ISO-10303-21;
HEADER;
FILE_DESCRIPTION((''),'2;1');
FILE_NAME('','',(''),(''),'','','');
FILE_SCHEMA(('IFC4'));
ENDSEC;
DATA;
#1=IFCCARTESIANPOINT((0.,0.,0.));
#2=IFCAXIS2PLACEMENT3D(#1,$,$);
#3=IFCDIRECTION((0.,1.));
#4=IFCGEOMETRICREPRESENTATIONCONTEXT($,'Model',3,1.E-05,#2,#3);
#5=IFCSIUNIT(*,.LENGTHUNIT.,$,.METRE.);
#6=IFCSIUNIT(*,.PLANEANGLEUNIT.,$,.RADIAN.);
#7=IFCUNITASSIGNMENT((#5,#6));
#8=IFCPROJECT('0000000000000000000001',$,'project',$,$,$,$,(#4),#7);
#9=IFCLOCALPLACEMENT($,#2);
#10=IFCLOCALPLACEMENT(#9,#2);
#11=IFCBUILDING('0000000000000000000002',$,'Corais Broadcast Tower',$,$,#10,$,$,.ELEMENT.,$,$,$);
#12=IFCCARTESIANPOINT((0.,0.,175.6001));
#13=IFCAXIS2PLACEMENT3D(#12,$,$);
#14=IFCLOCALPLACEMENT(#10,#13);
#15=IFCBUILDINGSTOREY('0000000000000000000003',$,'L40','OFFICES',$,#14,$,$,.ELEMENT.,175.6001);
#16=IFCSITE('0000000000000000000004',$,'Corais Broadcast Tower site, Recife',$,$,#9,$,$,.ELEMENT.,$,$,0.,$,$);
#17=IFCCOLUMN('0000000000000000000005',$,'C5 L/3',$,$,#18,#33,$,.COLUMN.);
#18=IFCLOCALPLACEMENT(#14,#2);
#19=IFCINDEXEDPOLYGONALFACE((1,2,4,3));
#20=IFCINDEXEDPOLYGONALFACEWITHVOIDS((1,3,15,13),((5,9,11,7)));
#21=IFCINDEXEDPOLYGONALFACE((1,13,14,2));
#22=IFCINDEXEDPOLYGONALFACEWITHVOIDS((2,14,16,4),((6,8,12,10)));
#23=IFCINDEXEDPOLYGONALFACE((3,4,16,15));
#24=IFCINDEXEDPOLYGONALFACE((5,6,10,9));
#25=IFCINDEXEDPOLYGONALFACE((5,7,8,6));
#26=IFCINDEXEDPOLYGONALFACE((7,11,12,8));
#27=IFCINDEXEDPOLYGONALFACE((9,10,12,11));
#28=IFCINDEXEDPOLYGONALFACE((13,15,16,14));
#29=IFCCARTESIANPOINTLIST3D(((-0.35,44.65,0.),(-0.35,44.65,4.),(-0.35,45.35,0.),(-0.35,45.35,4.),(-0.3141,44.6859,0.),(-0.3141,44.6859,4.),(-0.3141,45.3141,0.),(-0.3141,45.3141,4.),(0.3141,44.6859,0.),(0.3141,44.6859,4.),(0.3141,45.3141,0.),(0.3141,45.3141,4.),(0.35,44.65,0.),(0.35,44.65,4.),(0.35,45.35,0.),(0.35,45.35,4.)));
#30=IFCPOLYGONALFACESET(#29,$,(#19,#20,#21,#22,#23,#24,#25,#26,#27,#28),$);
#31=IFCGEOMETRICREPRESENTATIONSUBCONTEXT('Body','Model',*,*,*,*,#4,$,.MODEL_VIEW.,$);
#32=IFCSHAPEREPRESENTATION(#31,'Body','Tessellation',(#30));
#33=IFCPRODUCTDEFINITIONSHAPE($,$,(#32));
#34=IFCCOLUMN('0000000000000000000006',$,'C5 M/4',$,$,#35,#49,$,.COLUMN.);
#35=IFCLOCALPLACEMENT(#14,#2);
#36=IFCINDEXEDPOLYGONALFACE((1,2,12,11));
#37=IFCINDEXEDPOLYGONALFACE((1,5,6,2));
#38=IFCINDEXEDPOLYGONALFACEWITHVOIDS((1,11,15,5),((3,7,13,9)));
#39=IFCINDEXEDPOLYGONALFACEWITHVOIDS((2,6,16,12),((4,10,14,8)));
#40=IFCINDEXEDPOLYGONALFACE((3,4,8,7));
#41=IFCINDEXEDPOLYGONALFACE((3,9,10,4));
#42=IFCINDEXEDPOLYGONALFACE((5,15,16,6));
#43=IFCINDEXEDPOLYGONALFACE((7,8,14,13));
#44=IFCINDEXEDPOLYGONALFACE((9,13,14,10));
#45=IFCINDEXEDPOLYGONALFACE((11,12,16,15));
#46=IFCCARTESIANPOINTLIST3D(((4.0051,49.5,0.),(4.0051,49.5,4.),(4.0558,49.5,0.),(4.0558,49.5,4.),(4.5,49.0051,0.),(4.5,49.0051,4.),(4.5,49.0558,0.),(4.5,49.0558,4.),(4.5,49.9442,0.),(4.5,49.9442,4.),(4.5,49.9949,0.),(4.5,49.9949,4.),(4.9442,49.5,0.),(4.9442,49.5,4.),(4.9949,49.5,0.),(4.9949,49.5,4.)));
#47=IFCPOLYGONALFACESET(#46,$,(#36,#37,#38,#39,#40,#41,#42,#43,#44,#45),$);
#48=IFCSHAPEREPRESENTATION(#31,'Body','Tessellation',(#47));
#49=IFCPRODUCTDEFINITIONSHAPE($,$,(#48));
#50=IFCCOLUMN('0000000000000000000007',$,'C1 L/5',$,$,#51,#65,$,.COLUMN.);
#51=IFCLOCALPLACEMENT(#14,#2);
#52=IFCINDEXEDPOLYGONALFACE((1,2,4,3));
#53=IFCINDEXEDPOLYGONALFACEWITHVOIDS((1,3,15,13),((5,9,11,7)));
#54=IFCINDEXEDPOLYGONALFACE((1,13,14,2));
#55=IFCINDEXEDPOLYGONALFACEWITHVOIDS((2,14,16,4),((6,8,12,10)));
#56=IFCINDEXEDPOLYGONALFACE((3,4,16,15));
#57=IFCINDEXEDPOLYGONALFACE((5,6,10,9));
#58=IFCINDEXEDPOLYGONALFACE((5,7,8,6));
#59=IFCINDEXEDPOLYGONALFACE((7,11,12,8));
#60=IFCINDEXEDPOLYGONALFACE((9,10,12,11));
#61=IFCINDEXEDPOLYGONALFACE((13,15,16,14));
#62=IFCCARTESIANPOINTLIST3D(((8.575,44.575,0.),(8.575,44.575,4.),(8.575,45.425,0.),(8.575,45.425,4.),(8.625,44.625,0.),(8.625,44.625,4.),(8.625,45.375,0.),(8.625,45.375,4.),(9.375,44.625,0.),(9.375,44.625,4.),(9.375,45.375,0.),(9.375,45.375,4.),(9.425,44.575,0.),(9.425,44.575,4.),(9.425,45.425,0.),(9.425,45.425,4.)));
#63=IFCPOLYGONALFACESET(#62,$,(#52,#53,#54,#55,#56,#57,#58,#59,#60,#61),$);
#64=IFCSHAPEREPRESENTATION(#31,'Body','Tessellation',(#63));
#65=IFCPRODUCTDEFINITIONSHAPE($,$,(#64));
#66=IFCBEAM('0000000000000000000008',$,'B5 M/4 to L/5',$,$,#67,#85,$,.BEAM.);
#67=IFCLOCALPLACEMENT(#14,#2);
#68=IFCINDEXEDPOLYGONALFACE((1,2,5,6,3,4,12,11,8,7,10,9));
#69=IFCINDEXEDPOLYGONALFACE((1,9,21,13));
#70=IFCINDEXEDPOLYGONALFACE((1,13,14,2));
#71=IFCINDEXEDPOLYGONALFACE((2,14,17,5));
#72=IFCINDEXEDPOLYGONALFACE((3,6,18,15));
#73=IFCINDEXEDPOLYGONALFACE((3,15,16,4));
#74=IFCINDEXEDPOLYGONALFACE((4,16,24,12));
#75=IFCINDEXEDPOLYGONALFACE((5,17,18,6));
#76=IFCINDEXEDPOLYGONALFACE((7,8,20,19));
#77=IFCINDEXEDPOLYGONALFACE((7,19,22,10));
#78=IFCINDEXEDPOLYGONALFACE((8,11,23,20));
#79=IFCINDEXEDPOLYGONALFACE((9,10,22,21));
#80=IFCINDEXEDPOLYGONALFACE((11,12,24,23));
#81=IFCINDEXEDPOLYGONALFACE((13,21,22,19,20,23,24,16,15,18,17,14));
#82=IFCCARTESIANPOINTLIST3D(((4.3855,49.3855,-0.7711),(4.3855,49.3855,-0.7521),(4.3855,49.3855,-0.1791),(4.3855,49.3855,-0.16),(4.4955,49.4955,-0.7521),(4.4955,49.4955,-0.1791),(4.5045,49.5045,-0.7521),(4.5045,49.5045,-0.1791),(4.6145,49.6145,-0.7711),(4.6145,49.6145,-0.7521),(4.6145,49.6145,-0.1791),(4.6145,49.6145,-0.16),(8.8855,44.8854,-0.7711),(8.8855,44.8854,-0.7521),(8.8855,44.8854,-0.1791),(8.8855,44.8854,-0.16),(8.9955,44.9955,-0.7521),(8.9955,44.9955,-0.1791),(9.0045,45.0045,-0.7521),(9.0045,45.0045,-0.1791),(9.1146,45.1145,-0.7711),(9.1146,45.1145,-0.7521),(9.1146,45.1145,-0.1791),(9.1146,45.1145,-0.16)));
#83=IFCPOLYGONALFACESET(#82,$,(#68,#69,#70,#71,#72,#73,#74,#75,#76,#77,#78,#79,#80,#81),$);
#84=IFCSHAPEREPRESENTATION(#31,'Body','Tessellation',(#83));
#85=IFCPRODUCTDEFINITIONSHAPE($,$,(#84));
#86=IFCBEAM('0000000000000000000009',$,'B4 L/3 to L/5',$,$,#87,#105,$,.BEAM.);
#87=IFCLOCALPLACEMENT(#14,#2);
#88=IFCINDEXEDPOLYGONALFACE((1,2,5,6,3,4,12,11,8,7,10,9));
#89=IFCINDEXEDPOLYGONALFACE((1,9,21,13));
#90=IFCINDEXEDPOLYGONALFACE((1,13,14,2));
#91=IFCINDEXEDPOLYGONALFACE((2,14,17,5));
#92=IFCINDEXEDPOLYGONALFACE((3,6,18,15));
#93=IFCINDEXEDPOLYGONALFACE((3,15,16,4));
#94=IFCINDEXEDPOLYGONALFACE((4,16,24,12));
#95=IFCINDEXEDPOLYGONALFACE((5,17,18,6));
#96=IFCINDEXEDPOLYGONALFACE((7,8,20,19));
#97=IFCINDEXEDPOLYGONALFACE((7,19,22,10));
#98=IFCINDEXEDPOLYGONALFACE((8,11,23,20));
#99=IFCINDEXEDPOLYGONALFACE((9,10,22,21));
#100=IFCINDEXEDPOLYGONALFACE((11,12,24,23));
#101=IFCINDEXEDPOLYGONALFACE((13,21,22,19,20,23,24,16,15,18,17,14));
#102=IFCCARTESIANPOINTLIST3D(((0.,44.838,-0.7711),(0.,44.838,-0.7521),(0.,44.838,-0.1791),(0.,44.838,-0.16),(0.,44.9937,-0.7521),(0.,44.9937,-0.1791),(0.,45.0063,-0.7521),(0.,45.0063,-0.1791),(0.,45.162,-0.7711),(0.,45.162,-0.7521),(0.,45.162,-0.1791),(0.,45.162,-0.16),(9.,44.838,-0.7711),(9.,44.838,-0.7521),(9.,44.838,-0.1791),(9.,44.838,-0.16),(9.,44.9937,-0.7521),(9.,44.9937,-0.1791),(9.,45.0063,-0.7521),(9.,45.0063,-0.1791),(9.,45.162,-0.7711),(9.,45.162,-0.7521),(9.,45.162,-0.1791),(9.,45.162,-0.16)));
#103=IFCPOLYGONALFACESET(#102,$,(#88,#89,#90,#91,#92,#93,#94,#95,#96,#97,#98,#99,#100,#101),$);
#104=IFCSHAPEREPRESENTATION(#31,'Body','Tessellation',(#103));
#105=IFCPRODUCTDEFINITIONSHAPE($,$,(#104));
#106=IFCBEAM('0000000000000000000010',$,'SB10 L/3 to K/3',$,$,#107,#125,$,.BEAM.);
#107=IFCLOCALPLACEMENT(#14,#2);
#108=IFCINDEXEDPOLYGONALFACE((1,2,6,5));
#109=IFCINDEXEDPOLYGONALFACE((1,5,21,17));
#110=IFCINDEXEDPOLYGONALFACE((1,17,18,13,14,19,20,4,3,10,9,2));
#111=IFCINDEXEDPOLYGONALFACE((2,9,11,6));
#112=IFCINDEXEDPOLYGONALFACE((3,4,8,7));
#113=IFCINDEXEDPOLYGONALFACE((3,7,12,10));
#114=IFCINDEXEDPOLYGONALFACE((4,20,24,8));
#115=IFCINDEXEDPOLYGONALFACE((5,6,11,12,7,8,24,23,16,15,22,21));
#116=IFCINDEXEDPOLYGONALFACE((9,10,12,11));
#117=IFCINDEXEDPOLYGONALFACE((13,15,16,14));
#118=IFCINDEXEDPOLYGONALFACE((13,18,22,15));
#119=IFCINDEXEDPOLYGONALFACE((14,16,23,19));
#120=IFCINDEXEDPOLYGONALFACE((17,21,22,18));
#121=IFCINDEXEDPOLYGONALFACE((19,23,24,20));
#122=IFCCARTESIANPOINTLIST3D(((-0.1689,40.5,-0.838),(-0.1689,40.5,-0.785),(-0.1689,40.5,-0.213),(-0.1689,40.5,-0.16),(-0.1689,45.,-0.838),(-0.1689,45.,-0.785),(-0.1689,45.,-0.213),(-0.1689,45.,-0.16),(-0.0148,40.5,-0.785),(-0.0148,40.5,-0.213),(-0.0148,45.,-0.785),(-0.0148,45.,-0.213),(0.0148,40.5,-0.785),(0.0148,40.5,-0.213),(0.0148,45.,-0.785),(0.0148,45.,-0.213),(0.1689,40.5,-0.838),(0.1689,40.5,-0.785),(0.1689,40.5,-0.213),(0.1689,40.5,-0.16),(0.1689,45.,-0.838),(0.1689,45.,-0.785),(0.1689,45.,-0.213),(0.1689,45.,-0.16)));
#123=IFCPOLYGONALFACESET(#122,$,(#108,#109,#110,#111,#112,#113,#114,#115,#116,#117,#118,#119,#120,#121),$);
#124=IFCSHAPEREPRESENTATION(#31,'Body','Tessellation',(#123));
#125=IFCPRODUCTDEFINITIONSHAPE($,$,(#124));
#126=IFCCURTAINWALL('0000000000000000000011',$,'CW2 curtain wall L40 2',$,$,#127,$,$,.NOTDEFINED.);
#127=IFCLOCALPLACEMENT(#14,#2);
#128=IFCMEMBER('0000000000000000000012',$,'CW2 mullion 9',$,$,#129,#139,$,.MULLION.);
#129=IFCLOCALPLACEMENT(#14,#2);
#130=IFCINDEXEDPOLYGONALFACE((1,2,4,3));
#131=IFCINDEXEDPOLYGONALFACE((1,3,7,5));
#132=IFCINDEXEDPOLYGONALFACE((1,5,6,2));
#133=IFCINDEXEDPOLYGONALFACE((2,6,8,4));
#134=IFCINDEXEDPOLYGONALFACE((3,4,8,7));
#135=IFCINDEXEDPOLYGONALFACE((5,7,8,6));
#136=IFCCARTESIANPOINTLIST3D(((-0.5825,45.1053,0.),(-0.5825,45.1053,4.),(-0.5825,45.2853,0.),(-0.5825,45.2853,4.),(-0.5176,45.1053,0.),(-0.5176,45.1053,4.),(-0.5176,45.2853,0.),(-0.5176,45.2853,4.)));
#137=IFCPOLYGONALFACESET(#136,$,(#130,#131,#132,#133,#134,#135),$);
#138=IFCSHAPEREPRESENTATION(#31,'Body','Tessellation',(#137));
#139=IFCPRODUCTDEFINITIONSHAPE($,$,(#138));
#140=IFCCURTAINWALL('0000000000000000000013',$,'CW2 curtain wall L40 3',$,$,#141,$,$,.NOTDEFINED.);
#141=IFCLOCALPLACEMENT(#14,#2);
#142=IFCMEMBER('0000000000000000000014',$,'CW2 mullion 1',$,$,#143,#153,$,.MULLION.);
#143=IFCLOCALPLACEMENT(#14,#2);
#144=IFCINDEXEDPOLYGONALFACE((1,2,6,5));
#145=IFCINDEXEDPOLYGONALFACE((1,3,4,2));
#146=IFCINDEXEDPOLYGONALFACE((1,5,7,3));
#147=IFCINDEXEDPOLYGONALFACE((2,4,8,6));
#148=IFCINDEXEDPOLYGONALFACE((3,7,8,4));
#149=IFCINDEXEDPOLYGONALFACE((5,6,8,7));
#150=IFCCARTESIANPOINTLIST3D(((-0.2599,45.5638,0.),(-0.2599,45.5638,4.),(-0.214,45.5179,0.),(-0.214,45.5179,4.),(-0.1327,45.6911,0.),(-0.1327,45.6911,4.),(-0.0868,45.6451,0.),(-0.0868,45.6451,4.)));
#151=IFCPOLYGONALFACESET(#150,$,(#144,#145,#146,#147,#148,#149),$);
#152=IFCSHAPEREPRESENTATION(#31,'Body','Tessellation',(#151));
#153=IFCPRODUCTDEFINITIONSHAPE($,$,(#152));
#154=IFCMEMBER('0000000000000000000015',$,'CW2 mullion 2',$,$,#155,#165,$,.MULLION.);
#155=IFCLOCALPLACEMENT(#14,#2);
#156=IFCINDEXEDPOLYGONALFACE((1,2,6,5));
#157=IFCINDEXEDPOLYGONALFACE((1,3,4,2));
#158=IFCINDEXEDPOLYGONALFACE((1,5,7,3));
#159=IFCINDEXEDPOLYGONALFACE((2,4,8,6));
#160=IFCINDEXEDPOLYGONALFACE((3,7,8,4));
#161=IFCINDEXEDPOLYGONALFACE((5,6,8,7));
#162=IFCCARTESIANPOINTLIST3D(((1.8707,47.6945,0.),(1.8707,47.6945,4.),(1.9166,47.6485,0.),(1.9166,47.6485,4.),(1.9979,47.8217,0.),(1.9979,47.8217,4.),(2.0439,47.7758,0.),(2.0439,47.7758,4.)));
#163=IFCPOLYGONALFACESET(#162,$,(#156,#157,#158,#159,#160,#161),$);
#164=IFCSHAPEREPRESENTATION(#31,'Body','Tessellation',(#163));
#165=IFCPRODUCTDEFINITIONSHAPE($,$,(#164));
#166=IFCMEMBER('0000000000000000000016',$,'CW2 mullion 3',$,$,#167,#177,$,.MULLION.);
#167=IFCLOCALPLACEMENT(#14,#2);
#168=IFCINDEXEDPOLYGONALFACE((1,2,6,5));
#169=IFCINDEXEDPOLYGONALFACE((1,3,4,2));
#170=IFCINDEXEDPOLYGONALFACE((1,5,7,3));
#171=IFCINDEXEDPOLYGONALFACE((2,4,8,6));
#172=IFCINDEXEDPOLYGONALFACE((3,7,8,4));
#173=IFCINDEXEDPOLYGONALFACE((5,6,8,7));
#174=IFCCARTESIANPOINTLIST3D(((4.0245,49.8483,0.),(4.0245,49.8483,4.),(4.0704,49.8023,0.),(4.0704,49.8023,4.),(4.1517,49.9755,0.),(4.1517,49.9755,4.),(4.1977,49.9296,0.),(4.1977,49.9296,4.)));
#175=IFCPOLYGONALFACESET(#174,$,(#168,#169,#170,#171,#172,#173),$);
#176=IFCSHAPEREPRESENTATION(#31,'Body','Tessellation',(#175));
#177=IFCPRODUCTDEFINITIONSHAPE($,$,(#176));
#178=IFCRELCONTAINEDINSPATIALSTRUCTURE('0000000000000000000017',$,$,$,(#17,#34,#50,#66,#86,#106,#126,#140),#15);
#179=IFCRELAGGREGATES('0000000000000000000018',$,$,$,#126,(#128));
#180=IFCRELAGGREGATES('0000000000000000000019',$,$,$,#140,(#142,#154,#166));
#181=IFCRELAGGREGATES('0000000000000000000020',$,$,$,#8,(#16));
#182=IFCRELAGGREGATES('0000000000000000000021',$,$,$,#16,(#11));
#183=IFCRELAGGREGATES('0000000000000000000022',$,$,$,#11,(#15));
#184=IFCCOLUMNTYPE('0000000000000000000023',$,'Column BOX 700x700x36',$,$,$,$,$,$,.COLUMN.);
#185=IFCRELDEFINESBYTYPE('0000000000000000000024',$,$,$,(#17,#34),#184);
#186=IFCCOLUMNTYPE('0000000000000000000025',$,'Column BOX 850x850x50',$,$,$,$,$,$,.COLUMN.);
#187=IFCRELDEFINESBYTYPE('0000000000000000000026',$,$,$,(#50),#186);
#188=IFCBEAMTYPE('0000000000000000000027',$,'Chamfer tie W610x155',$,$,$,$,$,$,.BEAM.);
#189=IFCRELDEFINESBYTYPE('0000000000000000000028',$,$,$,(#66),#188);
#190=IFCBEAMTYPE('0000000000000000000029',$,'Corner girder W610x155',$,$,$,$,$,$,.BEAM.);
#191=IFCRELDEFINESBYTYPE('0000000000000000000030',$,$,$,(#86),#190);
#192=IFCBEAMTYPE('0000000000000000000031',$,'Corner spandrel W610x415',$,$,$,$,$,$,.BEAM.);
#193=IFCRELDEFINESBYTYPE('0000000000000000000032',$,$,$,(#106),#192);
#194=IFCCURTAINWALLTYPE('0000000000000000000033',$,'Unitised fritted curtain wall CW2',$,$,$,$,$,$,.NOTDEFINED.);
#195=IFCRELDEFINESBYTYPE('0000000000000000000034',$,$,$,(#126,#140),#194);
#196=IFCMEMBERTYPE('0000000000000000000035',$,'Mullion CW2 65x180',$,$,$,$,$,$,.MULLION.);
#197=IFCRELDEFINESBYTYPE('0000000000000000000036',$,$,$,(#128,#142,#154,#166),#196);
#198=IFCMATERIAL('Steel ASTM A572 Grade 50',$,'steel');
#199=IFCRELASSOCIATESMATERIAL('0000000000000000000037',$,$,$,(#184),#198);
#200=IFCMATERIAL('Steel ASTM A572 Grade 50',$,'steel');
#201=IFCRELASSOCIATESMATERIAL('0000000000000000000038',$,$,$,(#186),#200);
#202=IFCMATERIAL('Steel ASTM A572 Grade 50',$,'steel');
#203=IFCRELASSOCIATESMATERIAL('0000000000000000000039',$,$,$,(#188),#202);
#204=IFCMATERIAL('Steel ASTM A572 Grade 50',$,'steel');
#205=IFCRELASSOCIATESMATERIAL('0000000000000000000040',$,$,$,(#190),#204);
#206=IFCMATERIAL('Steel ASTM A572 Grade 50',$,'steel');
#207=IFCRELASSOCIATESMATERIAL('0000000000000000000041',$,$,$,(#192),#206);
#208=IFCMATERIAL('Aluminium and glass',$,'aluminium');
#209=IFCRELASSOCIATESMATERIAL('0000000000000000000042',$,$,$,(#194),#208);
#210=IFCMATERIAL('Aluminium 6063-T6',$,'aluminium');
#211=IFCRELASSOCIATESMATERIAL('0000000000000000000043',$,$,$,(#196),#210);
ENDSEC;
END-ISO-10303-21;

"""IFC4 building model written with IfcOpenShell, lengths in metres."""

from ifc_helpers import new_model, si_unit, direction, frame, origin, origin_2d, place, context, subcontext, project, spatial, rectangle, hollow_rectangle, i_section, extrude, material, material_profile, profile_set, type_object, element, aggregate, save


model = new_model("IFC4")

# Units and contexts
model_context = context("Model", 3, precision=1e-05, world=origin(), true_north=direction((0.0, 1.0)))
body_context = subcontext(model_context, "Body", "Model", "MODEL_VIEW")
ifc_project = project(units=[si_unit("LENGTHUNIT", "METRE"), si_unit("PLANEANGLEUNIT", "RADIAN")], contexts=[model_context])

# Site, building, storey
site_placement = place(None, origin())
site = spatial("IfcSite", under=ifc_project, at=site_placement, Name="Corais Broadcast Tower site, Recife", CompositionType="ELEMENT", RefElevation=0.0)
building_placement = place(site_placement, origin())
building = spatial("IfcBuilding", under=site, at=building_placement, Name="Corais Broadcast Tower", CompositionType="ELEMENT")
storey_placement = place(building_placement, frame((0.0, 0.0, 175.6001)))
storey = spatial("IfcBuildingStorey", under=building, at=storey_placement, Name="L40", Description="OFFICES", CompositionType="ELEMENT", Elevation=175.6001)

# Columns
ifc_material_1 = material(Name="Steel ASTM A572 Grade 50", Category="steel")
ifc_material_profile_1 = material_profile(ifc_material_1, hollow_rectangle(XDim=0.7, YDim=0.7, WallThickness=0.0359, at=origin_2d()), Name="BOX 700x700x36")
ifc_profile_set_1 = profile_set([ifc_material_profile_1], Name="Steel ASTM A572 Grade 50")
column_type_1 = type_object("IfcColumnType", Name="Column BOX 700x700x36", PredefinedType="COLUMN", material=ifc_profile_set_1)
for number, where, z_axis, x_axis, name in (
    (1, (0.0, 45.0, 0.0), (0.0, 0.0, 1.0), (1.0, 0.0, 0.0), "C5 L/3"),
    (2, (4.5, 49.5, 0.0), (0.0, 0.0, 1.0), (0.707107, 0.707107, 0.0), "C5 M/4"),
):
    element("IfcColumn", number, at=place(storey_placement, frame(where, z_axis=z_axis, x_axis=x_axis)), inside=storey, type_object=column_type_1, Name=name, PredefinedType="COLUMN", context=body_context, shape_type="SweptSolid", body=[
        extrude(hollow_rectangle(XDim=0.7, YDim=0.7, WallThickness=0.0359, at=origin_2d()), origin(), (0.0, 0.0, 1.0), 4.0),
    ])
ifc_material_2 = material(Name="Steel ASTM A572 Grade 50", Category="steel")
ifc_material_profile_2 = material_profile(ifc_material_2, hollow_rectangle(XDim=0.8501, YDim=0.8501, WallThickness=0.05, at=origin_2d()), Name="BOX 850x850x50")
ifc_profile_set_2 = profile_set([ifc_material_profile_2], Name="Steel ASTM A572 Grade 50")
column_type_2 = type_object("IfcColumnType", Name="Column BOX 850x850x50", PredefinedType="COLUMN", material=ifc_profile_set_2)
column_placement = place(storey_placement, frame((9.0, 45.0, 0.0), z_axis=(0.0, 0.0, 1.0), x_axis=(1.0, 0.0, 0.0)))
element("IfcColumn", 3, at=column_placement, inside=storey, type_object=column_type_2, Name="C1 L/5", PredefinedType="COLUMN", context=body_context, shape_type="SweptSolid", body=[
    extrude(hollow_rectangle(XDim=0.8501, YDim=0.8501, WallThickness=0.05, at=origin_2d()), origin(), (0.0, 0.0, 1.0), 4.0),
])

# Beams
ifc_material_3 = material(Name="Steel ASTM A572 Grade 50", Category="steel")
ifc_material_profile_3 = material_profile(ifc_material_3, i_section(OverallWidth=0.324, OverallDepth=0.6111, WebThickness=0.0127, FlangeThickness=0.019, at=origin_2d()), Name="W610x155")
ifc_profile_set_3 = profile_set([ifc_material_profile_3], Name="Steel ASTM A572 Grade 50")
beam_type_1 = type_object("IfcBeamType", Name="Chamfer tie W610x155", PredefinedType="BEAM", material=ifc_profile_set_3)
beam_1_placement = place(storey_placement, frame((4.5, 49.5, -0.4656), z_axis=(0.707107, -0.707107, 0.0), x_axis=(0.707107, 0.707107, 0.0)))
element("IfcBeam", 4, at=beam_1_placement, inside=storey, type_object=beam_type_1, Name="B5 M/4 to L/5", PredefinedType="BEAM", context=body_context, shape_type="SweptSolid", body=[
    extrude(i_section(OverallWidth=0.324, OverallDepth=0.6111, WebThickness=0.0127, FlangeThickness=0.019, at=origin_2d()), origin(), (0.0, 0.0, 1.0), 6.364),
])
ifc_material_4 = material(Name="Steel ASTM A572 Grade 50", Category="steel")
ifc_material_profile_4 = material_profile(ifc_material_4, i_section(OverallWidth=0.324, OverallDepth=0.6111, WebThickness=0.0127, FlangeThickness=0.019, at=origin_2d()), Name="W610x155")
ifc_profile_set_4 = profile_set([ifc_material_profile_4], Name="Steel ASTM A572 Grade 50")
beam_type_2 = type_object("IfcBeamType", Name="Corner girder W610x155", PredefinedType="BEAM", material=ifc_profile_set_4)
beam_2_placement = place(storey_placement, frame((0.0, 45.0, -0.4656), z_axis=(1.0, 0.0, 0.0), x_axis=(0.0, 1.0, 0.0)))
element("IfcBeam", 5, at=beam_2_placement, inside=storey, type_object=beam_type_2, Name="B4 L/3 to L/5", PredefinedType="BEAM", context=body_context, shape_type="SweptSolid", body=[
    extrude(i_section(OverallWidth=0.324, OverallDepth=0.6111, WebThickness=0.0127, FlangeThickness=0.019, at=origin_2d()), origin(), (0.0, 0.0, 1.0), 9.0),
])
ifc_material_5 = material(Name="Steel ASTM A572 Grade 50", Category="steel")
ifc_material_profile_5 = material_profile(ifc_material_5, i_section(OverallWidth=0.3379, OverallDepth=0.678, WebThickness=0.0295, FlangeThickness=0.053, at=origin_2d()), Name="W610x415")
ifc_profile_set_5 = profile_set([ifc_material_profile_5], Name="Steel ASTM A572 Grade 50")
beam_type_3 = type_object("IfcBeamType", Name="Corner spandrel W610x415", PredefinedType="BEAM", material=ifc_profile_set_5)
beam_3_placement = place(storey_placement, frame((0.0, 45.0, -0.499), z_axis=(0.0, -1.0, 0.0), x_axis=(1.0, 0.0, 0.0)))
element("IfcBeam", 6, at=beam_3_placement, inside=storey, type_object=beam_type_3, Name="SB10 L/3 to K/3", PredefinedType="BEAM", context=body_context, shape_type="SweptSolid", body=[
    extrude(i_section(OverallWidth=0.3379, OverallDepth=0.678, WebThickness=0.0295, FlangeThickness=0.053, at=origin_2d()), origin(), (0.0, 0.0, 1.0), 4.5),
])

# Curtain wall, member
ifc_material_6 = material(Name="Aluminium and glass", Category="aluminium")
curtain_wall_type = type_object("IfcCurtainWallType", Name="Unitised fritted curtain wall CW2", PredefinedType="NOTDEFINED", material=ifc_material_6)
curtain_wall_1_placement = place(storey_placement, origin())
curtain_wall_1 = element("IfcCurtainWall", 7, at=curtain_wall_1_placement, inside=storey, type_object=curtain_wall_type, Name="CW2 curtain wall L40 2", PredefinedType="NOTDEFINED")
ifc_material_7 = material(Name="Aluminium 6063-T6", Category="aluminium")
ifc_material_profile_6 = material_profile(ifc_material_7, rectangle(XDim=0.0649, YDim=0.1799, at=origin_2d()), Name="Mullion CW2 65x180")
ifc_profile_set_6 = profile_set([ifc_material_profile_6], Name="Aluminium 6063-T6")
member_type_1 = type_object("IfcMemberType", Name="Mullion CW2 65x180", PredefinedType="MULLION", material=ifc_profile_set_6)
member_1_placement = place(storey_placement, frame((-0.55, 45.1953, 0.0), z_axis=(0.0, 0.0, 1.0), x_axis=(-1.0, 0.0, 0.0)))
member_1 = element("IfcMember", 8, at=member_1_placement, type_object=member_type_1, Name="CW2 mullion 9", PredefinedType="MULLION", context=body_context, shape_type="SweptSolid", body=[
    extrude(rectangle(XDim=0.0649, YDim=0.1799, at=origin_2d()), origin(), (0.0, 0.0, 1.0), 4.0),
])
aggregate(curtain_wall_1, [member_1])

# Curtain wall, members
curtain_wall_2_placement = place(storey_placement, origin())
curtain_wall_2 = element("IfcCurtainWall", 9, at=curtain_wall_2_placement, inside=storey, type_object=curtain_wall_type, Name="CW2 curtain wall L40 3", PredefinedType="NOTDEFINED")
member_2_placement = place(storey_placement, frame((-0.1733, 45.6045, 0.0), z_axis=(0.0, 0.0, 1.0), x_axis=(-0.707107, 0.707107, 0.0)))
member_2 = element("IfcMember", 10, at=member_2_placement, type_object=member_type_1, Name="CW2 mullion 1", PredefinedType="MULLION", context=body_context, shape_type="SweptSolid", body=[
    extrude(rectangle(XDim=0.0649, YDim=0.1799, at=origin_2d()), origin(), (0.0, 0.0, 1.0), 4.0),
])
member_3_placement = place(storey_placement, frame((1.9573, 47.7351, 0.0), z_axis=(0.0, 0.0, 1.0), x_axis=(-0.707107, 0.707107, 0.0)))
member_3 = element("IfcMember", 11, at=member_3_placement, type_object=member_type_1, Name="CW2 mullion 2", PredefinedType="MULLION", context=body_context, shape_type="SweptSolid", body=[
    extrude(rectangle(XDim=0.0649, YDim=0.1799, at=origin_2d()), origin(), (0.0, 0.0, 1.0), 4.0),
])
member_4_placement = place(storey_placement, frame((4.1111, 49.8889, 0.0), z_axis=(0.0, 0.0, 1.0), x_axis=(-0.707107, 0.707107, 0.0)))
member_4 = element("IfcMember", 12, at=member_4_placement, type_object=member_type_1, Name="CW2 mullion 3", PredefinedType="MULLION", context=body_context, shape_type="SweptSolid", body=[
    extrude(rectangle(XDim=0.0649, YDim=0.1799, at=origin_2d()), origin(), (0.0, 0.0, 1.0), 4.0),
])

aggregate(curtain_wall_2, [member_2, member_3, member_4])

save(model, "model.ifc")
